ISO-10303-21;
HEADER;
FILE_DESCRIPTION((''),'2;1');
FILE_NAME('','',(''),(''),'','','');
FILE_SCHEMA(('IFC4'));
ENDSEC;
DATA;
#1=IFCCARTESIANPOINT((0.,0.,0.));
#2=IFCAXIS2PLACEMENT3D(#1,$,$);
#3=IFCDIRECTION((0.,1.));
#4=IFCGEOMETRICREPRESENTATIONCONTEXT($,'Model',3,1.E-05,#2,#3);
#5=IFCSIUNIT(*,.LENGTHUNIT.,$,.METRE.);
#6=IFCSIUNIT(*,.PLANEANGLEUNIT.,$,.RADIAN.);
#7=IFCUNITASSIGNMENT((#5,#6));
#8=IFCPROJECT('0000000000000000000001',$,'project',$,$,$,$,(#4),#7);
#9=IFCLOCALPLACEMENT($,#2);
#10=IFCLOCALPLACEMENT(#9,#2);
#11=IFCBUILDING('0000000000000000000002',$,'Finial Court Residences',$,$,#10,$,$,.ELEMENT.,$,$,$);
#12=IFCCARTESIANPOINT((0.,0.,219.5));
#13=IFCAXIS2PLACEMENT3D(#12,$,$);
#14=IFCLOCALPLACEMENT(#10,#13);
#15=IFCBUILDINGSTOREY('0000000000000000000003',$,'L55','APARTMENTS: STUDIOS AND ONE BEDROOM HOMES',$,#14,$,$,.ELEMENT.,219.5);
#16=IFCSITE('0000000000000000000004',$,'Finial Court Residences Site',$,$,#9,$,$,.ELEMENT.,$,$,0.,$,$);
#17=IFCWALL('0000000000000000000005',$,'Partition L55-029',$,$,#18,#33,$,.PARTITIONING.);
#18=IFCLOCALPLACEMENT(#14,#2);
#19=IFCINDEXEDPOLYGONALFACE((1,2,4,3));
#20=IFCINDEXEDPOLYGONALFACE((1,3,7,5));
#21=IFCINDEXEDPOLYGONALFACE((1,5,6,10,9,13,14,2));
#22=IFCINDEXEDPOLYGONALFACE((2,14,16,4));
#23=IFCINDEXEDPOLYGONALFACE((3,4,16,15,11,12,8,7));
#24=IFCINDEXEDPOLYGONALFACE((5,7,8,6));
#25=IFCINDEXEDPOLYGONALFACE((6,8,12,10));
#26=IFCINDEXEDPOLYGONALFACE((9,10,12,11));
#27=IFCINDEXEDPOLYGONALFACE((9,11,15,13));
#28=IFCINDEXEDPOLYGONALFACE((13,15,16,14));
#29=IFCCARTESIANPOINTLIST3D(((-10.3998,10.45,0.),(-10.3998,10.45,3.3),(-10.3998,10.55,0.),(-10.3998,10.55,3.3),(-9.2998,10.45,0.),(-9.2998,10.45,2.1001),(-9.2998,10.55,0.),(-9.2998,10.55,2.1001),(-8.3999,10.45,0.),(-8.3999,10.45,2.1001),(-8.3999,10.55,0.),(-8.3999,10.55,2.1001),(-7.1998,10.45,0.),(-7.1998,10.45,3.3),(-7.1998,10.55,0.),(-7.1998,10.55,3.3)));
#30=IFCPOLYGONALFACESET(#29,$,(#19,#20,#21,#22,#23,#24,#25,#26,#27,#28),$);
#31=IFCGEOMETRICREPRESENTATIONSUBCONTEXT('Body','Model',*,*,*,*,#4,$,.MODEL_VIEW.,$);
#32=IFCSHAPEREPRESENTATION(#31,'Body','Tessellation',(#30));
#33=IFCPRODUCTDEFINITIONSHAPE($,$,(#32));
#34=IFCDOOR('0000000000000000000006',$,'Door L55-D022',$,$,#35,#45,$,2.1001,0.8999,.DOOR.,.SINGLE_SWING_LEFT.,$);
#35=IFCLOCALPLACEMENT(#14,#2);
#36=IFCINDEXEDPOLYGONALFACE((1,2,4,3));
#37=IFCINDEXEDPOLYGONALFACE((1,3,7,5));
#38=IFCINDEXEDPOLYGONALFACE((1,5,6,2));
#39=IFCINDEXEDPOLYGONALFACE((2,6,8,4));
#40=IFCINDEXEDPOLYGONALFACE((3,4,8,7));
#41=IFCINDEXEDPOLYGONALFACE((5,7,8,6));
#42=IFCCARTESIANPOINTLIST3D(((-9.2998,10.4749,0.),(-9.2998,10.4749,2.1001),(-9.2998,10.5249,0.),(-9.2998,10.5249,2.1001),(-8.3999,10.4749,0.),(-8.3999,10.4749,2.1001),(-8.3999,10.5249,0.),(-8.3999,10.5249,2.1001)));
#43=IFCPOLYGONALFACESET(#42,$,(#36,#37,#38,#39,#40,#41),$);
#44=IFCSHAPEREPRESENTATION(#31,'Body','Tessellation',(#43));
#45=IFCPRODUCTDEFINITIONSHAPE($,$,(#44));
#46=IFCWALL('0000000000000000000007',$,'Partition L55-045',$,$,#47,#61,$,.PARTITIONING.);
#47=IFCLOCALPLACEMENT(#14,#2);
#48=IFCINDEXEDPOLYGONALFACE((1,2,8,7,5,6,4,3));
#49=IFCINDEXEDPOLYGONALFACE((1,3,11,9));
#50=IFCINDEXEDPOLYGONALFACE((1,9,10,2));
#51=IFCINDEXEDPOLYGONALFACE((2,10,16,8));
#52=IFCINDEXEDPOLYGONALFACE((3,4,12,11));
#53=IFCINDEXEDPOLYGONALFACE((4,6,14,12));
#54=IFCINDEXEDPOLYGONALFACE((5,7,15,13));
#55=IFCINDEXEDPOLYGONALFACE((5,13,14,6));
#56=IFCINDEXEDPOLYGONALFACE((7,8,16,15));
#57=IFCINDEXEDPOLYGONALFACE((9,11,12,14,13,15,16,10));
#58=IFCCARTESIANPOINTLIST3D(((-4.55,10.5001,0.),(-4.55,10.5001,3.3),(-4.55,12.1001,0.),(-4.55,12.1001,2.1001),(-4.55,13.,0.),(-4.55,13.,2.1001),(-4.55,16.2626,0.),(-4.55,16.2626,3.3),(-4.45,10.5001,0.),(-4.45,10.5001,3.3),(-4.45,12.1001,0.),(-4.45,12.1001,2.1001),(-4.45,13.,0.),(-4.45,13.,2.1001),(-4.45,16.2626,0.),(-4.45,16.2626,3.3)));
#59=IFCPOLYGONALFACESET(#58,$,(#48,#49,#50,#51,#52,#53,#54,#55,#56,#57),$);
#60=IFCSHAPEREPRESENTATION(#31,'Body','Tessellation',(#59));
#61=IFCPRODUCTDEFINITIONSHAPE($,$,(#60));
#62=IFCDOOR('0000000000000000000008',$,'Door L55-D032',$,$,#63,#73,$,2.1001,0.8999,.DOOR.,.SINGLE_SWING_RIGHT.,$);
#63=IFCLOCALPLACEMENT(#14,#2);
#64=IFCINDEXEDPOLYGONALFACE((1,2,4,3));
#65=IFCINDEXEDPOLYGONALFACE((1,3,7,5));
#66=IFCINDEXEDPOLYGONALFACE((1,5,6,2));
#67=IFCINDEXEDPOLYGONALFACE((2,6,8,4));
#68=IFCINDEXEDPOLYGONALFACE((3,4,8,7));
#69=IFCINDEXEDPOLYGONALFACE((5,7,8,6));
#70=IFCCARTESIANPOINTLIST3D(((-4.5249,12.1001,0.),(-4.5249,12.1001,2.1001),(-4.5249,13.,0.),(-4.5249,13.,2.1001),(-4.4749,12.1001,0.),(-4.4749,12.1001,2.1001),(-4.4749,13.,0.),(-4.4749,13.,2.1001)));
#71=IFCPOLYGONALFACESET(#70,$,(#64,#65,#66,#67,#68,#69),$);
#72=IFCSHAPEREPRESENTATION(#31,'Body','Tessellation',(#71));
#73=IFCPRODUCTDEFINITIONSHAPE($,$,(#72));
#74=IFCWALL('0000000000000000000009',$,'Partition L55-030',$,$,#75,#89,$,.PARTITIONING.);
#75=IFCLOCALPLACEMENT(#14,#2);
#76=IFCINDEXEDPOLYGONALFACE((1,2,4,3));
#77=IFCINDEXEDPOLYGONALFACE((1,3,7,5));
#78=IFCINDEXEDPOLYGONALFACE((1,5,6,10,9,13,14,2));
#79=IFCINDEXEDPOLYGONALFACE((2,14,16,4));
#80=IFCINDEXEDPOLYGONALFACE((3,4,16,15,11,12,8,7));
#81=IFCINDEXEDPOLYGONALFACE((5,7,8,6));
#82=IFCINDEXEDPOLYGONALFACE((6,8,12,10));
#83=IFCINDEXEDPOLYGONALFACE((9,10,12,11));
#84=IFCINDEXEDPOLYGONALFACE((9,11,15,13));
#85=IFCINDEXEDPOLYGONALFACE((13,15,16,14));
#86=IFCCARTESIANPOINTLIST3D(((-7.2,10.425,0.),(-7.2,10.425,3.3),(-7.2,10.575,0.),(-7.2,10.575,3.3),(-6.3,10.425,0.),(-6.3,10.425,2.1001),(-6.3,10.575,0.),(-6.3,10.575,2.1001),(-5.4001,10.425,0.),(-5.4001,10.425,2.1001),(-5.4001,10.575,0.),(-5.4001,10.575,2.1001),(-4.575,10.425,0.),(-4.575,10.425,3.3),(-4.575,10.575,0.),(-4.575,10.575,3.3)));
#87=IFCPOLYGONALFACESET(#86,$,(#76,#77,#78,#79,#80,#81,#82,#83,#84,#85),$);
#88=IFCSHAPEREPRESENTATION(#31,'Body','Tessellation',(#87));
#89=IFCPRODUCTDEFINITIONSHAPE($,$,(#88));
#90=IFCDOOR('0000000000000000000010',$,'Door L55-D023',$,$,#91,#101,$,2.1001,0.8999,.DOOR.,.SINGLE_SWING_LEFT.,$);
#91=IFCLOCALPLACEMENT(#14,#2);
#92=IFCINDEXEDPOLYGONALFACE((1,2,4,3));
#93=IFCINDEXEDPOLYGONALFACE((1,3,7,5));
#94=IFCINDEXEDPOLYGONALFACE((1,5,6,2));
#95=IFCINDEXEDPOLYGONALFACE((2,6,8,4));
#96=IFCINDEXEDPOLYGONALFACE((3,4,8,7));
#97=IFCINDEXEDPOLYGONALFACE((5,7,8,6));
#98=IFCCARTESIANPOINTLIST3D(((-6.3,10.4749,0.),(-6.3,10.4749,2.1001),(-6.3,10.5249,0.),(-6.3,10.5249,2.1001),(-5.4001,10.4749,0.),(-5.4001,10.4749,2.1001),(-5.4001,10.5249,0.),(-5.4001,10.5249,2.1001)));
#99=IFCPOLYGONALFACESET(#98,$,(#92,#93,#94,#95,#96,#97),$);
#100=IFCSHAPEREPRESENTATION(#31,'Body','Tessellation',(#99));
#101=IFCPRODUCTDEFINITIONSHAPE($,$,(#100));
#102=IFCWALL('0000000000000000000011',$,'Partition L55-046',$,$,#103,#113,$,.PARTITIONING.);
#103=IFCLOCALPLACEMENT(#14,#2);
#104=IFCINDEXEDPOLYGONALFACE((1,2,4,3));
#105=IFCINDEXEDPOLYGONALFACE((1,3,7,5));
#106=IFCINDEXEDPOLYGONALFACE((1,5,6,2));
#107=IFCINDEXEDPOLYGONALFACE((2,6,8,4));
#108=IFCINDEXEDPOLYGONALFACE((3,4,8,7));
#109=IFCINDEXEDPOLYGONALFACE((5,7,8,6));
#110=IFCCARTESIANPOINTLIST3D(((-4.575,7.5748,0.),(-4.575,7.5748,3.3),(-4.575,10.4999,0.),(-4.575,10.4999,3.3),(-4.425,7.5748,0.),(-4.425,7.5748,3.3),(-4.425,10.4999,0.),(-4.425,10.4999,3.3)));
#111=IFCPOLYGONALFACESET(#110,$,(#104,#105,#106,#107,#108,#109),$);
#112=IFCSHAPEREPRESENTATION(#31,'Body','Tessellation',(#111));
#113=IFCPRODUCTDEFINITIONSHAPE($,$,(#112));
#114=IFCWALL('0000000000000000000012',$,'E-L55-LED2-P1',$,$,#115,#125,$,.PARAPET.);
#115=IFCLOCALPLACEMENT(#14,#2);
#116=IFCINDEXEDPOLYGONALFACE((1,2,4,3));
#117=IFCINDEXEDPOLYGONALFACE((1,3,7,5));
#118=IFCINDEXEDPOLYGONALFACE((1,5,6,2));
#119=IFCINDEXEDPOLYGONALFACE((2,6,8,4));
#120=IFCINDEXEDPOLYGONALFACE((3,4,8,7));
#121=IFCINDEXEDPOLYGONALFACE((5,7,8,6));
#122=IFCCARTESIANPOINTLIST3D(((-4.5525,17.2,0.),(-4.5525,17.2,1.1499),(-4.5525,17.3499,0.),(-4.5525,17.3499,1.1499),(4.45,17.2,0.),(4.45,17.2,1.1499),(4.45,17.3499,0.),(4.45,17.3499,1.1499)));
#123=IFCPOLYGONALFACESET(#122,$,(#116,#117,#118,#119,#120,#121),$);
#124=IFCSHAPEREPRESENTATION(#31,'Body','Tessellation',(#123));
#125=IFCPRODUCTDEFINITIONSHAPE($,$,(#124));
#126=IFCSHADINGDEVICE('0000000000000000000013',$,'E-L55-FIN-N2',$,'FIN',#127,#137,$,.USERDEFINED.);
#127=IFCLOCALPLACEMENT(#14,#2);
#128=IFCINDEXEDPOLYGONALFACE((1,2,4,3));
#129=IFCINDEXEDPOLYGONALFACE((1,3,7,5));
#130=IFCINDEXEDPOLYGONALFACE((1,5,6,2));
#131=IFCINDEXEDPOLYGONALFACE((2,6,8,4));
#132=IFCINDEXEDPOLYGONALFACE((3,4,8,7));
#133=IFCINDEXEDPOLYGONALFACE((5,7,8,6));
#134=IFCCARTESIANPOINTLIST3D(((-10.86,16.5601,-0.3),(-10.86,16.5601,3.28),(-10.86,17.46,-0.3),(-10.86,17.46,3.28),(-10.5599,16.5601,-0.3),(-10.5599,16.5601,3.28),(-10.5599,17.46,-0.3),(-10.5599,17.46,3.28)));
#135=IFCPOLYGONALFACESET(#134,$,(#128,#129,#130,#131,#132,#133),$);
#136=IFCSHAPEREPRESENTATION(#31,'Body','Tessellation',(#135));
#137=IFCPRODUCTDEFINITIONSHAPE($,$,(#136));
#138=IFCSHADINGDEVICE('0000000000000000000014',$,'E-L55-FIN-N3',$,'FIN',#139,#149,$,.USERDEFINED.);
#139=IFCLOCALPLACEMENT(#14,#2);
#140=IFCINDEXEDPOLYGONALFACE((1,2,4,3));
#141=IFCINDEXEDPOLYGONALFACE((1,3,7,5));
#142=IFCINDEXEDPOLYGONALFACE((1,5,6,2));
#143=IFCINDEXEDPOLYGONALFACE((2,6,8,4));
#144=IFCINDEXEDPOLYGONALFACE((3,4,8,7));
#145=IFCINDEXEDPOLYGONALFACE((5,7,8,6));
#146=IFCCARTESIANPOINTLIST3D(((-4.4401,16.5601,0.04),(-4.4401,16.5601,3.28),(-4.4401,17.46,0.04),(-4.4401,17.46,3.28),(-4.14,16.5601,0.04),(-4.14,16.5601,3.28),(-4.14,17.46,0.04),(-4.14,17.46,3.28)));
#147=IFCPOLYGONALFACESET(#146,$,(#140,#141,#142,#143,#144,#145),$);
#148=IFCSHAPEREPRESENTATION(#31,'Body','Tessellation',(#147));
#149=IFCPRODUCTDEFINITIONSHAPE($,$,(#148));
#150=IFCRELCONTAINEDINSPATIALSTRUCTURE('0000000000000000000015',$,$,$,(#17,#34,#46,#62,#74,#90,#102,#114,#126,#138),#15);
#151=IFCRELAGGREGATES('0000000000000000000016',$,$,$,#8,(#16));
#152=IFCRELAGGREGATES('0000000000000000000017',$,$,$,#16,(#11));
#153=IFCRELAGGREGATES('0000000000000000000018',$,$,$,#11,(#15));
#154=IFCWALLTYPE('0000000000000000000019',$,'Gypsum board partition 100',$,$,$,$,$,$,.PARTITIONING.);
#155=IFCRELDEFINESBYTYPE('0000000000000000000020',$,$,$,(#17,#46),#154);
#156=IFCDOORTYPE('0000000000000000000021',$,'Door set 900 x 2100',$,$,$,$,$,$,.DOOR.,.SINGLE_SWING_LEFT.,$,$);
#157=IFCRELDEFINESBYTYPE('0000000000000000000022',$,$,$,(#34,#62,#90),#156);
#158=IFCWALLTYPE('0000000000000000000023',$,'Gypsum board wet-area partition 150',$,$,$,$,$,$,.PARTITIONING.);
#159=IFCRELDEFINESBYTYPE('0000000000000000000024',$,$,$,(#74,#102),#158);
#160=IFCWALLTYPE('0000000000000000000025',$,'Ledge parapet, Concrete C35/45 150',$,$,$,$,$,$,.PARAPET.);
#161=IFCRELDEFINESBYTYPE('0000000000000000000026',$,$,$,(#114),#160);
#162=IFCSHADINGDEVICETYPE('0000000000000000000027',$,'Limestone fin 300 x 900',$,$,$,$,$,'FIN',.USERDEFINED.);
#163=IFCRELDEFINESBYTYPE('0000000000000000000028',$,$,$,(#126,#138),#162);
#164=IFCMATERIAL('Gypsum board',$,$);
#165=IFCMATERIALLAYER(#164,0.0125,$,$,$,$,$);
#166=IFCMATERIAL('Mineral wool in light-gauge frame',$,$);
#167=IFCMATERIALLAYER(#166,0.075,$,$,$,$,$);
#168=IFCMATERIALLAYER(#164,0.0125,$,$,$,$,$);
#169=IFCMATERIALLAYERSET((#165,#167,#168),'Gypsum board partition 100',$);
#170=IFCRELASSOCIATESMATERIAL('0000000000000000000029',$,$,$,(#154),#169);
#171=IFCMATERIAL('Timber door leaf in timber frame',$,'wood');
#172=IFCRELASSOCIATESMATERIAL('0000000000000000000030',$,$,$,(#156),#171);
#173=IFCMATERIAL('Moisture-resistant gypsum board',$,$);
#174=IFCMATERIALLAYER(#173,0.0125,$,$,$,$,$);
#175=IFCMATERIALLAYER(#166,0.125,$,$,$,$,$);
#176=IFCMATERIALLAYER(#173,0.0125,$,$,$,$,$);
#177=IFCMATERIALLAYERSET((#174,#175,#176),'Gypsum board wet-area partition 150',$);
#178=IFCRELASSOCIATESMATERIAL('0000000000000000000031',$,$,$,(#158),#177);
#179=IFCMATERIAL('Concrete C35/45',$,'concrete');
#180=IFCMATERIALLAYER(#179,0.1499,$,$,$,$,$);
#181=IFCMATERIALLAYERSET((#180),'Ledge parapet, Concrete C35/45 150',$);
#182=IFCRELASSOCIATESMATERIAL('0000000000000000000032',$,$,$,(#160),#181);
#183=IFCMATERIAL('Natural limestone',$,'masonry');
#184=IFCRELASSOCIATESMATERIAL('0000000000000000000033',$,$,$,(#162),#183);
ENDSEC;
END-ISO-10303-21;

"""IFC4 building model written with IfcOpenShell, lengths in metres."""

from ifc_helpers import new_model, si_unit, direction, frame, frame_2d, origin, origin_2d, place, context, subcontext, project, spatial, rectangle, extrude, material, layer, layer_set, type_object, element, fill, save


model = new_model("IFC4")

# Units and contexts
model_context = context("Model", 3, precision=1e-05, world=origin(), true_north=direction((0.0, 1.0)))
body_context = subcontext(model_context, "Body", "Model", "MODEL_VIEW")
ifc_project = project(units=[si_unit("LENGTHUNIT", "METRE"), si_unit("PLANEANGLEUNIT", "RADIAN")], contexts=[model_context])

# Site, building, storey
site_placement = place(None, origin())
site = spatial("IfcSite", under=ifc_project, at=site_placement, Name="Finial Court Residences Site", CompositionType="ELEMENT", RefElevation=0.0)
building_placement = place(site_placement, origin())
building = spatial("IfcBuilding", under=site, at=building_placement, Name="Finial Court Residences", CompositionType="ELEMENT")
storey_placement = place(building_placement, frame((0.0, 0.0, 219.5)))
storey = spatial("IfcBuildingStorey", under=building, at=storey_placement, Name="L55", Description="APARTMENTS: STUDIOS AND ONE BEDROOM HOMES", CompositionType="ELEMENT", Elevation=219.5)

# Walls, openings, doors
ifc_material_1 = material(Name="Gypsum board")
ifc_layer_1 = layer(ifc_material_1, 0.0125)
ifc_material_2 = material(Name="Mineral wool in light-gauge frame")
ifc_layer_2 = layer(ifc_material_2, 0.075)
ifc_layer_3 = layer(ifc_material_1, 0.0125)
ifc_layer_set_1 = layer_set([ifc_layer_1, ifc_layer_2, ifc_layer_3], Name="Gypsum board partition 100")
wall_type_1 = type_object("IfcWallType", Name="Gypsum board partition 100", PredefinedType="PARTITIONING", material=ifc_layer_set_1)
wall_1_placement = place(storey_placement, frame((-10.3999, 10.5, 0.0), z_axis=(0.0, 0.0, 1.0), x_axis=(1.0, 0.0, 0.0)))
wall_1 = element("IfcWall", 1, at=wall_1_placement, inside=storey, type_object=wall_type_1, Name="Partition L55-029", PredefinedType="PARTITIONING", context=body_context, shape_type="SweptSolid", body=[
    extrude(rectangle(XDim=3.2, YDim=0.1001, at=frame_2d((1.6001, 0.0))), origin(), (0.0, 0.0, 1.0), 3.3),
])
opening_1_placement = place(wall_1_placement, frame((1.1001, 0.0, 0.0)))
opening_1 = element("IfcOpeningElement", 2, at=opening_1_placement, cuts=wall_1, PredefinedType="OPENING", context=body_context, shape_type="SweptSolid", body=[
    extrude(rectangle(XDim=0.8999, YDim=2.1001, at=frame_2d((0.45, 1.05))), frame((0.0, 0.0601, 0.0), z_axis=(0.0, -1.0, 0.0), x_axis=(1.0, 0.0, 0.0)), (0.0, 0.0, 1.0), 0.1201),
])
ifc_material_3 = material(Name="Timber door leaf in timber frame", Category="wood")
door_type = type_object("IfcDoorType", Name="Door set 900 x 2100", OperationType="SINGLE_SWING_LEFT", PredefinedType="DOOR", material=ifc_material_3)
door_1_placement = place(opening_1_placement, origin())
door_1 = element("IfcDoor", 3, at=door_1_placement, inside=storey, type_object=door_type, Name="Door L55-D022", OperationType="SINGLE_SWING_LEFT", OverallHeight=2.1001, OverallWidth=0.8999, PredefinedType="DOOR", context=body_context, shape_type="SweptSolid", body=[
    extrude(rectangle(XDim=0.8999, YDim=2.1001, at=frame_2d((0.45, 1.05))), frame((0.0, 0.0249, 0.0), z_axis=(0.0, -1.0, 0.0), x_axis=(1.0, 0.0, 0.0)), (0.0, 0.0, 1.0), 0.05),
])
fill(opening_1, door_1)
wall_2_placement = place(storey_placement, frame((-4.5, 10.5, 0.0), z_axis=(0.0, 0.0, 1.0), x_axis=(0.0, 1.0, 0.0)))
wall_2 = element("IfcWall", 4, at=wall_2_placement, inside=storey, type_object=wall_type_1, Name="Partition L55-045", PredefinedType="PARTITIONING", context=body_context, shape_type="SweptSolid", body=[
    extrude(rectangle(XDim=5.7625, YDim=0.1001, at=frame_2d((2.8813, 0.0))), origin(), (0.0, 0.0, 1.0), 3.3),
])
opening_2_placement = place(wall_2_placement, frame((1.6001, 0.0, 0.0)))
opening_2 = element("IfcOpeningElement", 5, at=opening_2_placement, cuts=wall_2, PredefinedType="OPENING", context=body_context, shape_type="SweptSolid", body=[
    extrude(rectangle(XDim=0.8999, YDim=2.1001, at=frame_2d((0.45, 1.05))), frame((0.0, 0.0601, 0.0), z_axis=(0.0, -1.0, 0.0), x_axis=(1.0, 0.0, 0.0)), (0.0, 0.0, 1.0), 0.1201),
])
door_2_placement = place(opening_2_placement, origin())
door_2 = element("IfcDoor", 6, at=door_2_placement, inside=storey, type_object=door_type, Name="Door L55-D032", OperationType="SINGLE_SWING_RIGHT", OverallHeight=2.1001, OverallWidth=0.8999, PredefinedType="DOOR", context=body_context, shape_type="SweptSolid", body=[
    extrude(rectangle(XDim=0.8999, YDim=2.1001, at=frame_2d((0.45, 1.05))), frame((0.0, 0.0249, 0.0), z_axis=(0.0, -1.0, 0.0), x_axis=(1.0, 0.0, 0.0)), (0.0, 0.0, 1.0), 0.05),
])
fill(opening_2, door_2)
ifc_material_4 = material(Name="Moisture-resistant gypsum board")
ifc_layer_4 = layer(ifc_material_4, 0.0125)
ifc_layer_5 = layer(ifc_material_2, 0.125)
ifc_layer_6 = layer(ifc_material_4, 0.0125)
ifc_layer_set_2 = layer_set([ifc_layer_4, ifc_layer_5, ifc_layer_6], Name="Gypsum board wet-area partition 150")
wall_type_2 = type_object("IfcWallType", Name="Gypsum board wet-area partition 150", PredefinedType="PARTITIONING", material=ifc_layer_set_2)
wall_3_placement = place(storey_placement, frame((-7.2, 10.5, 0.0), z_axis=(0.0, 0.0, 1.0), x_axis=(1.0, 0.0, 0.0)))
wall_3 = element("IfcWall", 7, at=wall_3_placement, inside=storey, type_object=wall_type_2, Name="Partition L55-030", PredefinedType="PARTITIONING", context=body_context, shape_type="SweptSolid", body=[
    extrude(rectangle(XDim=2.625, YDim=0.1499, at=frame_2d((1.3125, 0.0))), origin(), (0.0, 0.0, 1.0), 3.3),
])
opening_3_placement = place(wall_3_placement, frame((0.8999, 0.0, 0.0)))
opening_3 = element("IfcOpeningElement", 8, at=opening_3_placement, cuts=wall_3, PredefinedType="OPENING", context=body_context, shape_type="SweptSolid", body=[
    extrude(rectangle(XDim=0.8999, YDim=2.1001, at=frame_2d((0.45, 1.05))), frame((0.0, 0.085, 0.0), z_axis=(0.0, -1.0, 0.0), x_axis=(1.0, 0.0, 0.0)), (0.0, 0.0, 1.0), 0.1699),
])
door_3_placement = place(opening_3_placement, origin())
door_3 = element("IfcDoor", 9, at=door_3_placement, inside=storey, type_object=door_type, Name="Door L55-D023", OperationType="SINGLE_SWING_LEFT", OverallHeight=2.1001, OverallWidth=0.8999, PredefinedType="DOOR", context=body_context, shape_type="SweptSolid", body=[
    extrude(rectangle(XDim=0.8999, YDim=2.1001, at=frame_2d((0.45, 1.05))), frame((0.0, 0.0249, 0.0), z_axis=(0.0, -1.0, 0.0), x_axis=(1.0, 0.0, 0.0)), (0.0, 0.0, 1.0), 0.05),
])
fill(opening_3, door_3)

# Walls
wall_4_placement = place(storey_placement, frame((-4.5, 7.575, 0.0), z_axis=(0.0, 0.0, 1.0), x_axis=(0.0, 1.0, 0.0)))
element("IfcWall", 10, at=wall_4_placement, inside=storey, type_object=wall_type_2, Name="Partition L55-046", PredefinedType="PARTITIONING", context=body_context, shape_type="SweptSolid", body=[
    extrude(rectangle(XDim=2.925, YDim=0.1499, at=frame_2d((1.4624, 0.0))), origin(), (0.0, 0.0, 1.0), 3.3),
])
ifc_material_5 = material(Name="Concrete C35/45", Category="concrete")
ifc_layer_7 = layer(ifc_material_5, 0.1499)
ifc_layer_set_3 = layer_set([ifc_layer_7], Name="Ledge parapet, Concrete C35/45 150")
wall_type_3 = type_object("IfcWallType", Name="Ledge parapet, Concrete C35/45 150", PredefinedType="PARAPET", material=ifc_layer_set_3)
wall_5_placement = place(storey_placement, frame((-4.5525, 17.2749, 0.0), z_axis=(0.0, 0.0, 1.0), x_axis=(1.0, 0.0, 0.0)))
element("IfcWall", 11, at=wall_5_placement, inside=storey, type_object=wall_type_3, Name="E-L55-LED2-P1", PredefinedType="PARAPET", context=body_context, shape_type="SweptSolid", body=[
    extrude(rectangle(XDim=9.0024, YDim=0.1499, at=frame_2d((4.5012, 0.0))), origin(), (0.0, 0.0, 1.0), 1.1499),
])

# Shading devices
ifc_material_6 = material(Name="Natural limestone", Category="masonry")
shading_device_type = type_object("IfcShadingDeviceType", Name="Limestone fin 300 x 900", ElementType="FIN", PredefinedType="USERDEFINED", material=ifc_material_6)
shading_device_1_placement = place(storey_placement, frame((-10.71, 17.01, -0.3), z_axis=(0.0, 0.0, 1.0), x_axis=(1.0, 0.0, 0.0)))
element("IfcShadingDevice", 12, at=shading_device_1_placement, inside=storey, type_object=shading_device_type, Name="E-L55-FIN-N2", ObjectType="FIN", PredefinedType="USERDEFINED", context=body_context, shape_type="SweptSolid", body=[
    extrude(rectangle(XDim=0.3, YDim=0.8999, at=origin_2d()), origin(), (0.0, 0.0, 1.0), 3.5801),
])
shading_device_2_placement = place(storey_placement, frame((-4.29, 17.01, 0.04), z_axis=(0.0, 0.0, 1.0), x_axis=(1.0, 0.0, 0.0)))
element("IfcShadingDevice", 13, at=shading_device_2_placement, inside=storey, type_object=shading_device_type, Name="E-L55-FIN-N3", ObjectType="FIN", PredefinedType="USERDEFINED", context=body_context, shape_type="SweptSolid", body=[
    extrude(rectangle(XDim=0.3, YDim=0.8999, at=origin_2d()), origin(), (0.0, 0.0, 1.0), 3.24),
])

save(model, "model.ifc")
